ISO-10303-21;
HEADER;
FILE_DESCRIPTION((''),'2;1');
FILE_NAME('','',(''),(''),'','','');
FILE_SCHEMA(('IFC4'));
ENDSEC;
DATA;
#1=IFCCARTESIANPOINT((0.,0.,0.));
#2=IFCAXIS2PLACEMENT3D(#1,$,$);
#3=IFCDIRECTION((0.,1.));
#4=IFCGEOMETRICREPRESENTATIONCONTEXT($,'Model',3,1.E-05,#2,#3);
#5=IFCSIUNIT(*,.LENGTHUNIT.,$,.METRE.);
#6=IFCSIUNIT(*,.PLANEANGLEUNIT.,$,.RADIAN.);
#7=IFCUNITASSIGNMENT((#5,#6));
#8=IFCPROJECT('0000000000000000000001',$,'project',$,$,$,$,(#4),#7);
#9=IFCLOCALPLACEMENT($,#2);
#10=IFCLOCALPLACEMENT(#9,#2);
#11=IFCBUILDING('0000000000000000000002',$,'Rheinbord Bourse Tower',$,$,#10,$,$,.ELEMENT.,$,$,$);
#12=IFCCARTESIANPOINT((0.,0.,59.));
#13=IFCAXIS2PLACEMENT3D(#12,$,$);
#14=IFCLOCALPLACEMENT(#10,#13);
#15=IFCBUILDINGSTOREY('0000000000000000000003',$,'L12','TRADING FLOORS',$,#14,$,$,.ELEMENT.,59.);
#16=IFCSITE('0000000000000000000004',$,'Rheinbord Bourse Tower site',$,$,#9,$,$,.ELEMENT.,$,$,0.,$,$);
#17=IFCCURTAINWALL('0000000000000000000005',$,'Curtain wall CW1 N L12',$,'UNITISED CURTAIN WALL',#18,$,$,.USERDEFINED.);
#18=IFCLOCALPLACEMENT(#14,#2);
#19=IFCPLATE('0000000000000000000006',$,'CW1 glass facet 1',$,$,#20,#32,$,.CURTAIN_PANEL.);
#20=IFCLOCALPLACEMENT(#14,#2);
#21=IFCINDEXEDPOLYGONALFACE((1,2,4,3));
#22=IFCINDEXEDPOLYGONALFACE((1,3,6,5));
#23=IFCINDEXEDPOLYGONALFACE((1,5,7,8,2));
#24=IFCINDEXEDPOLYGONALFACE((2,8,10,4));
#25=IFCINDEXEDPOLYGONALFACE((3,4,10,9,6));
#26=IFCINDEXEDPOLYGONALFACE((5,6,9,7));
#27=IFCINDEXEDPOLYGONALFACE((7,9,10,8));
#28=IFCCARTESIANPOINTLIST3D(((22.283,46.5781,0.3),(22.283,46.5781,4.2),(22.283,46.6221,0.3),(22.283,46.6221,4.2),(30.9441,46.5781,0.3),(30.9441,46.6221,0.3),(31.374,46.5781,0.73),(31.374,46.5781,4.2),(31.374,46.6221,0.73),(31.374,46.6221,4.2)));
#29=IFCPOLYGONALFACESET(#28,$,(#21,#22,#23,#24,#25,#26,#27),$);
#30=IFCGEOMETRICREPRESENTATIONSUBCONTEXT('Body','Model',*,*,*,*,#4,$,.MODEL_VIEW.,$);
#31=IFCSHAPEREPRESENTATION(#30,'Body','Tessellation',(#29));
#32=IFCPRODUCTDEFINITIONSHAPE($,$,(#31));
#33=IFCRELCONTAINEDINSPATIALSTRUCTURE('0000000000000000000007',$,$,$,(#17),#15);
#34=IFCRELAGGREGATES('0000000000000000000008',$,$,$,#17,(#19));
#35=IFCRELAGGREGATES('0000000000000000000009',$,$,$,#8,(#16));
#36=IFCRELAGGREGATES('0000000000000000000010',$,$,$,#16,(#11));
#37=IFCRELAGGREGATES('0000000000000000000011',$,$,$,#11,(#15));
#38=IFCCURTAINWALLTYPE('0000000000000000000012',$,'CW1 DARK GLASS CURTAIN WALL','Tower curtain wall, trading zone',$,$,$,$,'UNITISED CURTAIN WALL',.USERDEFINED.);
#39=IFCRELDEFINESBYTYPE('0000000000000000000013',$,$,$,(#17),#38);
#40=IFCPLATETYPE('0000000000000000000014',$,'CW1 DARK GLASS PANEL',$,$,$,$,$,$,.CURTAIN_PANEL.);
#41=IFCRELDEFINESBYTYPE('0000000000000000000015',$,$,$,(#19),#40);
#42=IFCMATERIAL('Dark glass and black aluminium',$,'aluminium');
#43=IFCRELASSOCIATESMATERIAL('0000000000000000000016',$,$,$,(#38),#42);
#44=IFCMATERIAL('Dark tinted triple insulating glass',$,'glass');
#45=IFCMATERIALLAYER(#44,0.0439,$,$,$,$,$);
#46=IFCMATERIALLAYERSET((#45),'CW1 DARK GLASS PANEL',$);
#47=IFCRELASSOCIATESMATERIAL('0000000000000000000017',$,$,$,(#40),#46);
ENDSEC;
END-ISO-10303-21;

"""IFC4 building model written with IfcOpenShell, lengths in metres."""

from ifc_helpers import new_model, si_unit, direction, frame, origin, place, context, subcontext, project, spatial, polyline, outline, extrude, material, layer, layer_set, type_object, element, aggregate, save


model = new_model("IFC4")

# Units and contexts
model_context = context("Model", 3, precision=1e-05, world=origin(), true_north=direction((0.0, 1.0)))
body_context = subcontext(model_context, "Body", "Model", "MODEL_VIEW")
ifc_project = project(units=[si_unit("LENGTHUNIT", "METRE"), si_unit("PLANEANGLEUNIT", "RADIAN")], contexts=[model_context])

# Site, building, storey
site_placement = place(None, origin())
site = spatial("IfcSite", under=ifc_project, at=site_placement, Name="Rheinbord Bourse Tower site", CompositionType="ELEMENT", RefElevation=0.0)
building_placement = place(site_placement, origin())
building = spatial("IfcBuilding", under=site, at=building_placement, Name="Rheinbord Bourse Tower", CompositionType="ELEMENT")
storey_placement = place(building_placement, frame((0.0, 0.0, 59.0)))
storey = spatial("IfcBuildingStorey", under=building, at=storey_placement, Name="L12", Description="TRADING FLOORS", CompositionType="ELEMENT", Elevation=59.0)

# Curtain wall
ifc_material_1 = material(Name="Dark glass and black aluminium", Category="aluminium")
curtain_wall_type = type_object("IfcCurtainWallType", Name="CW1 DARK GLASS CURTAIN WALL", Description="Tower curtain wall, trading zone", ElementType="UNITISED CURTAIN WALL", PredefinedType="USERDEFINED", material=ifc_material_1)
curtain_wall_placement = place(storey_placement, origin())
curtain_wall = element("IfcCurtainWall", 1, at=curtain_wall_placement, inside=storey, type_object=curtain_wall_type, Name="Curtain wall CW1 N L12", ObjectType="UNITISED CURTAIN WALL", PredefinedType="USERDEFINED")

# Plate
ifc_material_2 = material(Name="Dark tinted triple insulating glass", Category="glass")
ifc_layer = layer(ifc_material_2, 0.0439)
ifc_layer_set = layer_set([ifc_layer], Name="CW1 DARK GLASS PANEL")
plate_type = type_object("IfcPlateType", Name="CW1 DARK GLASS PANEL", PredefinedType="CURTAIN_PANEL", material=ifc_layer_set)
plate_1_placement = place(storey_placement, frame((31.374, 46.6221, 4.2), z_axis=(0.0, -1.0, 0.0), x_axis=(-1.0, 0.0, 0.0)))
plate_1 = element("IfcPlate", 2, at=plate_1_placement, type_object=plate_type, Name="CW1 glass facet 1", PredefinedType="CURTAIN_PANEL", context=body_context, shape_type="SweptSolid", body=[
    extrude(outline(polyline([(0.0, 0.0), (9.0911, 0.0), (9.0911, 3.8999), (0.4299, 3.8999), (0.0, 3.47), (0.0, 0.0)])), origin(), (0.0, 0.0, 1.0), 0.0439),
])
aggregate(curtain_wall, [plate_1])

save(model, "model.ifc")
